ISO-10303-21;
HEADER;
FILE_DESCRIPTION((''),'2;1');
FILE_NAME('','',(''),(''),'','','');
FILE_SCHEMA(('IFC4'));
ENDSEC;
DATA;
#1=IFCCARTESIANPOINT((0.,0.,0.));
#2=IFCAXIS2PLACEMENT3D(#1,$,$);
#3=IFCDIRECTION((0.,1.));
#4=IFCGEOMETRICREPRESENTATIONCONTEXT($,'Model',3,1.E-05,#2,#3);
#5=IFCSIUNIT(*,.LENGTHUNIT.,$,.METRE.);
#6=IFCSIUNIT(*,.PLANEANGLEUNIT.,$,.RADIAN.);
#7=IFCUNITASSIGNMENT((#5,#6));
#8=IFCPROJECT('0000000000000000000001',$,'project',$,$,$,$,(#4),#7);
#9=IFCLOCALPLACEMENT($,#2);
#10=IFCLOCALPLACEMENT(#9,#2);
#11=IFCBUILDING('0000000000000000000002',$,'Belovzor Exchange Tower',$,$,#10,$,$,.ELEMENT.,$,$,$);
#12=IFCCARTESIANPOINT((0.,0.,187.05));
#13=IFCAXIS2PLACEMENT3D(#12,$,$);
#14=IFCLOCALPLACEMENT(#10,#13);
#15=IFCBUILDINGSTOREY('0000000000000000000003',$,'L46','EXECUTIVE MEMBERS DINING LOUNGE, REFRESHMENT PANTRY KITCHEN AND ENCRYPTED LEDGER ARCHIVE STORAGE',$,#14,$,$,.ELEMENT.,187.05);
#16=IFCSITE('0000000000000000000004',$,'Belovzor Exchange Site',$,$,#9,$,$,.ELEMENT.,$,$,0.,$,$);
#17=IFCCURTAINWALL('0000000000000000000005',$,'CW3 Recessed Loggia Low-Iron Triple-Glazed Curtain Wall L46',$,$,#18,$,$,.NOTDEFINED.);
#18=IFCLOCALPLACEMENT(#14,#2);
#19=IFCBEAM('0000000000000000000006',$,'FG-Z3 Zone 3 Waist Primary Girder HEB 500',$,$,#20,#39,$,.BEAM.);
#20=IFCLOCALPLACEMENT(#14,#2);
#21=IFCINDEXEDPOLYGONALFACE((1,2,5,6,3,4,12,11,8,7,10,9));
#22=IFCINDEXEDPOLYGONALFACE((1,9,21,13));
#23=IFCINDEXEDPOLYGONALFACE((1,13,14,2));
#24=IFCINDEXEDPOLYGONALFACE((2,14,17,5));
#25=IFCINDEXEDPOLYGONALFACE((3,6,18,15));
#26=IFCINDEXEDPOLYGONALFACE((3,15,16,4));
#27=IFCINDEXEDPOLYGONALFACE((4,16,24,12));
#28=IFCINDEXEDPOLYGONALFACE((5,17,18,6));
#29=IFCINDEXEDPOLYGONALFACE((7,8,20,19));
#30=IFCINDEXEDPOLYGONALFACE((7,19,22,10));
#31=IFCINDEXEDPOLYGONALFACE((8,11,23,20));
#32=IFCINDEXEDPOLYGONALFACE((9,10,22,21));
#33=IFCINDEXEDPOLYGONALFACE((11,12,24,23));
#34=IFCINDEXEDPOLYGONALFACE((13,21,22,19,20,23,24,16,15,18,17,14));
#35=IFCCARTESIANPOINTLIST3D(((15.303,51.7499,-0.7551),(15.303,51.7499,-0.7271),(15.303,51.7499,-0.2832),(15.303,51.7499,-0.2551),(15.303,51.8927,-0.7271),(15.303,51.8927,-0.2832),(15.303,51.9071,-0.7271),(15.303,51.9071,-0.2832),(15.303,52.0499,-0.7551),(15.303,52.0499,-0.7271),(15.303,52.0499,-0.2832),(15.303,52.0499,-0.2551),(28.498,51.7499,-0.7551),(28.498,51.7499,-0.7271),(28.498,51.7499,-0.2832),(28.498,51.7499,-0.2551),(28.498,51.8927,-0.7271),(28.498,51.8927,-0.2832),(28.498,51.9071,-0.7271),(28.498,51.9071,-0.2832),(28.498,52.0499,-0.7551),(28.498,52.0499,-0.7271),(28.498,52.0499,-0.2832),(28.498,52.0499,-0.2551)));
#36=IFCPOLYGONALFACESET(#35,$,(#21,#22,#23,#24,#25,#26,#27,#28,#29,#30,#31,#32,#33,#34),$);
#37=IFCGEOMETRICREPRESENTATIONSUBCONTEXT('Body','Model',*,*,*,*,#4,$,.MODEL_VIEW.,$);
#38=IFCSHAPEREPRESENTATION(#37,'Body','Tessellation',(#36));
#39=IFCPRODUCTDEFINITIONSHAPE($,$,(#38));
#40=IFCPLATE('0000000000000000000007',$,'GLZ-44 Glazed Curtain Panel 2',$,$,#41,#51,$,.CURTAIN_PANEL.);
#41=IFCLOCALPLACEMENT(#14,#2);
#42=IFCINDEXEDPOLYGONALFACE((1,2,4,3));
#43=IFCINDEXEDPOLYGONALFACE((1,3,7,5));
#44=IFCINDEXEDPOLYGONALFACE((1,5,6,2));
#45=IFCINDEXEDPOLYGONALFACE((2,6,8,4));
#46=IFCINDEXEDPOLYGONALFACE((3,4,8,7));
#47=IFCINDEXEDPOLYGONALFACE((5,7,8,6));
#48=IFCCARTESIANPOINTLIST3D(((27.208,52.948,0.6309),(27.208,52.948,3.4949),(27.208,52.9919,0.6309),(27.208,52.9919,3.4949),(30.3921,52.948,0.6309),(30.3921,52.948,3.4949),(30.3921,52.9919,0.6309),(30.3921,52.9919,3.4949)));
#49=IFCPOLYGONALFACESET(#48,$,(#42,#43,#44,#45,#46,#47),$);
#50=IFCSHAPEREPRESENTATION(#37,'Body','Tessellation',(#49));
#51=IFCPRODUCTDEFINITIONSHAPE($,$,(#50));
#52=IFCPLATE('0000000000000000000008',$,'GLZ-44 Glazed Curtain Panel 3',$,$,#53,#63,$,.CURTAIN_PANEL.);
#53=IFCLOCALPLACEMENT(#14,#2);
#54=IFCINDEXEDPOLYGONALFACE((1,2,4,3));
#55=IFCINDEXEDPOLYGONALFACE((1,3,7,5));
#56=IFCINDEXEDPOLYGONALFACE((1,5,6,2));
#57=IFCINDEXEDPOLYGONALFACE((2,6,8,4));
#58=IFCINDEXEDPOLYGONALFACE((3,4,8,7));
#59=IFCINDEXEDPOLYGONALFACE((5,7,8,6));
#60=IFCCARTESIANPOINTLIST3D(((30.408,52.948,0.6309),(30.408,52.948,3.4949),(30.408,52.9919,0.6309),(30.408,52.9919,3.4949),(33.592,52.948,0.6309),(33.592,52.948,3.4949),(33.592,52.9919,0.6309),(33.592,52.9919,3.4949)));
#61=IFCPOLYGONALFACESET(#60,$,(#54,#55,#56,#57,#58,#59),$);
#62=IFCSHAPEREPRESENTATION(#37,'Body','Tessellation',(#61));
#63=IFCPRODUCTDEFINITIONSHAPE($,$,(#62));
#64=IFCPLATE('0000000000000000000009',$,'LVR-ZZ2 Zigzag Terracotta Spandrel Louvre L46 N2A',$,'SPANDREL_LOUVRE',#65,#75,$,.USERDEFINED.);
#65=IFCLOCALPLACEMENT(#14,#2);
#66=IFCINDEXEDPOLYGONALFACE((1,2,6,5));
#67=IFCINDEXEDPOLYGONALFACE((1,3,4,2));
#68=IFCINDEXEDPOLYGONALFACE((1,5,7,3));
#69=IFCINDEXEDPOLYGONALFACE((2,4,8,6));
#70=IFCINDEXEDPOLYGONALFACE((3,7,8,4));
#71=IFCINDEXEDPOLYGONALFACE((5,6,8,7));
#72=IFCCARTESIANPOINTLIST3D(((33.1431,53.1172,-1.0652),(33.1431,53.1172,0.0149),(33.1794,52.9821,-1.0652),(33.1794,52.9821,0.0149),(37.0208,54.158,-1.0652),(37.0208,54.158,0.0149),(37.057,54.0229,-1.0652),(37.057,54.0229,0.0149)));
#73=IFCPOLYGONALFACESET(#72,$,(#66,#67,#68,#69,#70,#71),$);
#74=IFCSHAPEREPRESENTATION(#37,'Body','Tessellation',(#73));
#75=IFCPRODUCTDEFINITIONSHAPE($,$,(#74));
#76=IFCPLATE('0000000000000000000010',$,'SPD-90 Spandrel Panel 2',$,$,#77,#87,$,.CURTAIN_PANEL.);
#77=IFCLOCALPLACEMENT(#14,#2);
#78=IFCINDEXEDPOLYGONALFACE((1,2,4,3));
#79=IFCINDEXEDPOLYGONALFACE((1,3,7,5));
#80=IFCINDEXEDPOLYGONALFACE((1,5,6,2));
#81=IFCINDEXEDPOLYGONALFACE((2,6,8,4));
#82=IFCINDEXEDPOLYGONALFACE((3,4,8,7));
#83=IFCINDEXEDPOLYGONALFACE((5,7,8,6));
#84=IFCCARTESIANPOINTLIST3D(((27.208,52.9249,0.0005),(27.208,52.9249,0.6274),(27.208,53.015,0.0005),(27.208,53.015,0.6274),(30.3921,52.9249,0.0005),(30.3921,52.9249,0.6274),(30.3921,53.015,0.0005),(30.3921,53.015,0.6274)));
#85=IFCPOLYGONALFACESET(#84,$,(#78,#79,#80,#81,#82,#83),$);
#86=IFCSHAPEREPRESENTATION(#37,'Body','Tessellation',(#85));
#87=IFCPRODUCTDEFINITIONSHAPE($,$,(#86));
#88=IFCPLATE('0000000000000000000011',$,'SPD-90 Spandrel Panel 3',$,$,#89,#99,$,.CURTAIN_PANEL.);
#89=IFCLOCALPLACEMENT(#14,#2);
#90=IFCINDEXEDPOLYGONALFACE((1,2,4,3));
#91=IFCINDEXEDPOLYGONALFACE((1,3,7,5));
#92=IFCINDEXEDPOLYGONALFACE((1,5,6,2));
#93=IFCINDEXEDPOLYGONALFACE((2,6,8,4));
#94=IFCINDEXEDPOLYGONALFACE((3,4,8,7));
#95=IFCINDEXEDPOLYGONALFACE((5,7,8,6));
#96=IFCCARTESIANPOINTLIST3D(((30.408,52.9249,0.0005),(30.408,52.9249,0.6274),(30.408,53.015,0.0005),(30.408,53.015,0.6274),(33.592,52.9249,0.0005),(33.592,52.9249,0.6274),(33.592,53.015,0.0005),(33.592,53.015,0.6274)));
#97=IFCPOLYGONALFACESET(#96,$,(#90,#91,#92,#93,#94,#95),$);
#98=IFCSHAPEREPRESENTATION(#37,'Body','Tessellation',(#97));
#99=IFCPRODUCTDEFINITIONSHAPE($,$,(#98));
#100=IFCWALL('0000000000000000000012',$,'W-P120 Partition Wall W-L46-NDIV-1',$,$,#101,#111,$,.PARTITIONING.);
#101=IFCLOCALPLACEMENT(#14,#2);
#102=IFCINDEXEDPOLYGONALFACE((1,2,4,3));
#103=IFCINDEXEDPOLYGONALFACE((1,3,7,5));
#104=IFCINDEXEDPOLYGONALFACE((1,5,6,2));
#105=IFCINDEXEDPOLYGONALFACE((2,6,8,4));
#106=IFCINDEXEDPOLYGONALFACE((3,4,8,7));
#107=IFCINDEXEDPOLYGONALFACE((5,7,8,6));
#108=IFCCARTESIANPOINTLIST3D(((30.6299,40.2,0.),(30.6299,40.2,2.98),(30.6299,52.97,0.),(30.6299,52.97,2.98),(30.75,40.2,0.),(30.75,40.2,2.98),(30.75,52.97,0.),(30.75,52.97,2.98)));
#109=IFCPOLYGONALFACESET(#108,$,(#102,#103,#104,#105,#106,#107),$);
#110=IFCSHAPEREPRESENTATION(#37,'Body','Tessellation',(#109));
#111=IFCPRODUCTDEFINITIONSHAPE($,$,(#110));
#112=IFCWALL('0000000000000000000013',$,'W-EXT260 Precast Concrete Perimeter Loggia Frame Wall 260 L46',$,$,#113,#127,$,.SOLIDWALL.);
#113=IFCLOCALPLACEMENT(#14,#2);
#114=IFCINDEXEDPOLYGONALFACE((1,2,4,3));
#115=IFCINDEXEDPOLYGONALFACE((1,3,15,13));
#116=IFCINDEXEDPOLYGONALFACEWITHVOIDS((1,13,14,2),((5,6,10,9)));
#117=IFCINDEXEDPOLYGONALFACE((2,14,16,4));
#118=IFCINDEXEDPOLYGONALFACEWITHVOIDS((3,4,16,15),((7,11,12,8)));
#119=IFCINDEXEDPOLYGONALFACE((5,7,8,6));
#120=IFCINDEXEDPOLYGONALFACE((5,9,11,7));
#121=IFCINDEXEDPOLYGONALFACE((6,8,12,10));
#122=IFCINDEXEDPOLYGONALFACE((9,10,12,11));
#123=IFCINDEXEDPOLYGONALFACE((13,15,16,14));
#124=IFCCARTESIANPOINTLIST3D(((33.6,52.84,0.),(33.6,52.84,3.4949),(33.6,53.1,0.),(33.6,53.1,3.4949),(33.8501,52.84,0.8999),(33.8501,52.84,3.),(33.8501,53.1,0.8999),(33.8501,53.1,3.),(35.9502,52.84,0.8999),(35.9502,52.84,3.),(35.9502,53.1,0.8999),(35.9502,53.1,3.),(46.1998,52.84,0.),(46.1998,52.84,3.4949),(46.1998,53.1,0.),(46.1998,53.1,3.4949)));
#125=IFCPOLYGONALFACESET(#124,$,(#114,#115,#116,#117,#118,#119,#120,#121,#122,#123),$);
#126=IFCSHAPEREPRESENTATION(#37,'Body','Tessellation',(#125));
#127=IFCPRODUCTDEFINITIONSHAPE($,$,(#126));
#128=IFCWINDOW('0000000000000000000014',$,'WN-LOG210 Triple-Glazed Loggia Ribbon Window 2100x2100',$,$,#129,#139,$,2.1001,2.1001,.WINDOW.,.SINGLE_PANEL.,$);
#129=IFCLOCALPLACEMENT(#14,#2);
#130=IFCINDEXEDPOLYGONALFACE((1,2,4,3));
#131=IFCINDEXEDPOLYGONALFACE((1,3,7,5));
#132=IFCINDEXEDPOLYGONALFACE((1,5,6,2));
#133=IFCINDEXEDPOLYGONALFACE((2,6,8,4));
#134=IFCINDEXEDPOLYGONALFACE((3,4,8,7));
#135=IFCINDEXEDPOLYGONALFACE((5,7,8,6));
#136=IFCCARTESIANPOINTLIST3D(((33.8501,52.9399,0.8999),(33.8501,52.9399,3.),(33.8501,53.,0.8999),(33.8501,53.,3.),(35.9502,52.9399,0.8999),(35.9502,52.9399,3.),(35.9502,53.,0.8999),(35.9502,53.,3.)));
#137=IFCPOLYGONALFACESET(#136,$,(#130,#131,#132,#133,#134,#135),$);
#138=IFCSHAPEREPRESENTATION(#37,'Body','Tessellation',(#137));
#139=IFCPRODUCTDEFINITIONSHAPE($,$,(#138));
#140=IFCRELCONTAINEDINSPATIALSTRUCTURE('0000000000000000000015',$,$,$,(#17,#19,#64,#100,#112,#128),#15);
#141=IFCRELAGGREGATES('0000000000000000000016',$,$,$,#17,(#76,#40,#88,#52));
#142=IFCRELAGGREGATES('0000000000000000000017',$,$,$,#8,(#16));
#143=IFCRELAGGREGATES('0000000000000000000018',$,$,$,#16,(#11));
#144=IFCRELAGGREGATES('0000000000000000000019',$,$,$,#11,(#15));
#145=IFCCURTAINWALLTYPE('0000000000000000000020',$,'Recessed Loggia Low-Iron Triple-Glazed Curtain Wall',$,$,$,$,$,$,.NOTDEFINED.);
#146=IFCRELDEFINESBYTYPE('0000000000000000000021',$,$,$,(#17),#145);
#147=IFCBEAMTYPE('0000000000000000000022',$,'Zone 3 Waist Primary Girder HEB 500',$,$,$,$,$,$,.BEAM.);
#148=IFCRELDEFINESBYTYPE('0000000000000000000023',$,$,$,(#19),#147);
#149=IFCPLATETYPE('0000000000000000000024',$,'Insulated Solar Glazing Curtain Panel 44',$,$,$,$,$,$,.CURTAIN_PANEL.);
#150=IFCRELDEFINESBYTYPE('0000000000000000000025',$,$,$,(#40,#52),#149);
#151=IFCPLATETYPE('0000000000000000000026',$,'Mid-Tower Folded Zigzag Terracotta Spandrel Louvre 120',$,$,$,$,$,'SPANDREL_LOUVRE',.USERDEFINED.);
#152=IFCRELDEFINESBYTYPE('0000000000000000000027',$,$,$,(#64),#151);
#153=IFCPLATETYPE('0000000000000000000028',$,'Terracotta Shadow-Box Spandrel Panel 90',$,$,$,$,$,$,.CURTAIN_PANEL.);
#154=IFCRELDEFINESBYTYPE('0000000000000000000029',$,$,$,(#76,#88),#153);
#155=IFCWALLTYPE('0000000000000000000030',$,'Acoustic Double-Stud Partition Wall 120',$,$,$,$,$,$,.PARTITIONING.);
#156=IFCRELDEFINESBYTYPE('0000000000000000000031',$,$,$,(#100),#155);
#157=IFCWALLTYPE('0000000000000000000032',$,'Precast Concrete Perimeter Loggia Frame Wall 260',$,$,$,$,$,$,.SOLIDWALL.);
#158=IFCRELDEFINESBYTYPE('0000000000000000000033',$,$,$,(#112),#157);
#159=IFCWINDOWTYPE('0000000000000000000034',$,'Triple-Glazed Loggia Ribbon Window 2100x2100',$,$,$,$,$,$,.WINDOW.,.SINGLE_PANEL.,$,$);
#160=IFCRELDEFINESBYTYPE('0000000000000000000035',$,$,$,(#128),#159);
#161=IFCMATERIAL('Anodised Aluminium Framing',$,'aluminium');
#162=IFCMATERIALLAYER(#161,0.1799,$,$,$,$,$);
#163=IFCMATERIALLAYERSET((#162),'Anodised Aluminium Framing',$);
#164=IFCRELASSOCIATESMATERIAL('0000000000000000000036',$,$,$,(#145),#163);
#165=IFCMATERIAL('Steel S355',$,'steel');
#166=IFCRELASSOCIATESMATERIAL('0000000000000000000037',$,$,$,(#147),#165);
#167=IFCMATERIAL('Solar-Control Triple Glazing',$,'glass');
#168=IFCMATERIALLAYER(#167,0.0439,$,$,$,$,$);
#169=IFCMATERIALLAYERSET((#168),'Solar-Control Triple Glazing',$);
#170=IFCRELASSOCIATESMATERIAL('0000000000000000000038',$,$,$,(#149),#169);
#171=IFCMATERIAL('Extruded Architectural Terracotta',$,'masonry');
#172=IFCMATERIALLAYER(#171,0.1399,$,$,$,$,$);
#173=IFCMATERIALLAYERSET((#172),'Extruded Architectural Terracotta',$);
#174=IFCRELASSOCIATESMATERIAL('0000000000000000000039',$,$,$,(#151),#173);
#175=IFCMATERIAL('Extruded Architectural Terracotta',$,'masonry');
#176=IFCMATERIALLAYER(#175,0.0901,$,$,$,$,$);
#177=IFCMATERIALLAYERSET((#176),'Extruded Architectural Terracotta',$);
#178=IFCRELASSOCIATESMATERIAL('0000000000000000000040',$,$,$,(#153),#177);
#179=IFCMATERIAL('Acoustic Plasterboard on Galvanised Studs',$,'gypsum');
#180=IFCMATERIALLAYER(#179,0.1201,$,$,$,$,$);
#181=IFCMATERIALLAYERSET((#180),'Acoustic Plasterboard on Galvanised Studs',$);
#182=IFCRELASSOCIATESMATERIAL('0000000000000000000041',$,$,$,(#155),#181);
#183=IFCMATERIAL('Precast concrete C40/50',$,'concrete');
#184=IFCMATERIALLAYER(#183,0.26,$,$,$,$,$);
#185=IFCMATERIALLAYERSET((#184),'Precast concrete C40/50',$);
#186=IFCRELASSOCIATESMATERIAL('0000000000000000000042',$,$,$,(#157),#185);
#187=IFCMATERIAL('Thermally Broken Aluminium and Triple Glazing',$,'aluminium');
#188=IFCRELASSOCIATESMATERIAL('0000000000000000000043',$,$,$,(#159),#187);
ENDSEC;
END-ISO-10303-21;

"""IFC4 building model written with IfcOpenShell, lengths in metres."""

from ifc_helpers import new_model, si_unit, direction, frame, frame_2d, origin, origin_2d, place, context, subcontext, project, spatial, rectangle, i_section, extrude, material, layer, layer_set, material_profile, profile_set, type_object, element, fill, aggregate, save


model = new_model("IFC4")

# Units and contexts
model_context = context("Model", 3, precision=1e-05, world=origin(), true_north=direction((0.0, 1.0)))
body_context = subcontext(model_context, "Body", "Model", "MODEL_VIEW")
ifc_project = project(units=[si_unit("LENGTHUNIT", "METRE"), si_unit("PLANEANGLEUNIT", "RADIAN")], contexts=[model_context])

# Site, building, storey
site_placement = place(None, origin())
site = spatial("IfcSite", under=ifc_project, at=site_placement, Name="Belovzor Exchange Site", CompositionType="ELEMENT", RefElevation=0.0)
building_placement = place(site_placement, origin())
building = spatial("IfcBuilding", under=site, at=building_placement, Name="Belovzor Exchange Tower", CompositionType="ELEMENT")
storey_placement = place(building_placement, frame((0.0, 0.0, 187.05)))
storey = spatial("IfcBuildingStorey", under=building, at=storey_placement, Name="L46", Description="EXECUTIVE MEMBERS DINING LOUNGE, REFRESHMENT PANTRY KITCHEN AND ENCRYPTED LEDGER ARCHIVE STORAGE", CompositionType="ELEMENT", Elevation=187.05)

# Curtain wall
ifc_material_1 = material(Name="Anodised Aluminium Framing", Category="aluminium")
ifc_layer_1 = layer(ifc_material_1, 0.1799)
ifc_layer_set_1 = layer_set([ifc_layer_1], Name="Anodised Aluminium Framing")
curtain_wall_type = type_object("IfcCurtainWallType", Name="Recessed Loggia Low-Iron Triple-Glazed Curtain Wall", PredefinedType="NOTDEFINED", material=ifc_layer_set_1)
curtain_wall_placement = place(storey_placement, origin())
curtain_wall = element("IfcCurtainWall", 1, at=curtain_wall_placement, inside=storey, type_object=curtain_wall_type, Name="CW3 Recessed Loggia Low-Iron Triple-Glazed Curtain Wall L46", PredefinedType="NOTDEFINED")

# Beam
ifc_material_2 = material(Name="Steel S355", Category="steel")
ifc_material_profile_1 = material_profile(ifc_material_2, i_section(OverallWidth=0.3, OverallDepth=0.5, WebThickness=0.0144, FlangeThickness=0.0281, at=origin_2d()))
ifc_profile_set_1 = profile_set([ifc_material_profile_1], Name="Steel S355")
beam_type_1 = type_object("IfcBeamType", Name="Zone 3 Waist Primary Girder HEB 500", PredefinedType="BEAM", material=ifc_profile_set_1)
beam_1_placement = place(storey_placement, frame((28.498, 51.8999, -0.5051), z_axis=(-1.0, 0.0, 0.0), x_axis=(0.0, -1.0, 0.0)))
element("IfcBeam", 2, at=beam_1_placement, inside=storey, type_object=beam_type_1, Name="FG-Z3 Zone 3 Waist Primary Girder HEB 500", PredefinedType="BEAM", context=body_context, shape_type="SweptSolid", body=[
    extrude(i_section(OverallWidth=0.3, OverallDepth=0.5, WebThickness=0.0144, FlangeThickness=0.0281, at=origin_2d()), origin(), (0.0, 0.0, 1.0), 13.1951),
])

# Plates
ifc_material_3 = material(Name="Solar-Control Triple Glazing", Category="glass")
ifc_layer_2 = layer(ifc_material_3, 0.0439)
ifc_layer_set_2 = layer_set([ifc_layer_2], Name="Solar-Control Triple Glazing")
plate_type_1 = type_object("IfcPlateType", Name="Insulated Solar Glazing Curtain Panel 44", PredefinedType="CURTAIN_PANEL", material=ifc_layer_set_2)
plate_1_placement = place(storey_placement, frame((28.8, 52.97, 0.6309), z_axis=(0.0, 0.0, 1.0), x_axis=(1.0, 0.0, 0.0)))
plate_1 = element("IfcPlate", 3, at=plate_1_placement, type_object=plate_type_1, Name="GLZ-44 Glazed Curtain Panel 2", PredefinedType="CURTAIN_PANEL", context=body_context, shape_type="SweptSolid", body=[
    extrude(rectangle(XDim=3.1841, YDim=0.0439, at=origin_2d()), origin(), (0.0, 0.0, 1.0), 2.864),
])
plate_2_placement = place(storey_placement, frame((32.0, 52.97, 0.6309), z_axis=(0.0, 0.0, 1.0), x_axis=(1.0, 0.0, 0.0)))
plate_2 = element("IfcPlate", 4, at=plate_2_placement, type_object=plate_type_1, Name="GLZ-44 Glazed Curtain Panel 3", PredefinedType="CURTAIN_PANEL", context=body_context, shape_type="SweptSolid", body=[
    extrude(rectangle(XDim=3.1841, YDim=0.0439, at=origin_2d()), origin(), (0.0, 0.0, 1.0), 2.864),
])
ifc_material_4 = material(Name="Extruded Architectural Terracotta", Category="masonry")
ifc_layer_3 = layer(ifc_material_4, 0.1399)
ifc_layer_set_3 = layer_set([ifc_layer_3], Name="Extruded Architectural Terracotta")
plate_type_2 = type_object("IfcPlateType", Name="Mid-Tower Folded Zigzag Terracotta Spandrel Louvre 120", ElementType="SPANDREL_LOUVRE", PredefinedType="USERDEFINED", material=ifc_layer_set_3)
plate_3_placement = place(storey_placement, frame((35.1001, 53.5701, -1.0652), z_axis=(0.0, 0.0, 1.0), x_axis=(0.965813, 0.25924, 0.0)))
element("IfcPlate", 5, at=plate_3_placement, inside=storey, type_object=plate_type_2, Name="LVR-ZZ2 Zigzag Terracotta Spandrel Louvre L46 N2A", ObjectType="SPANDREL_LOUVRE", PredefinedType="USERDEFINED", context=body_context, shape_type="SweptSolid", body=[
    extrude(rectangle(XDim=4.0149, YDim=0.1399, at=origin_2d()), origin(), (0.0, 0.0, 1.0), 1.0801),
])
ifc_material_5 = material(Name="Extruded Architectural Terracotta", Category="masonry")
ifc_layer_4 = layer(ifc_material_5, 0.0901)
ifc_layer_set_4 = layer_set([ifc_layer_4], Name="Extruded Architectural Terracotta")
plate_type_3 = type_object("IfcPlateType", Name="Terracotta Shadow-Box Spandrel Panel 90", PredefinedType="CURTAIN_PANEL", material=ifc_layer_set_4)
plate_4_placement = place(storey_placement, frame((28.8, 52.97, 0.0005), z_axis=(0.0, 0.0, 1.0), x_axis=(1.0, 0.0, 0.0)))
plate_4 = element("IfcPlate", 6, at=plate_4_placement, type_object=plate_type_3, Name="SPD-90 Spandrel Panel 2", PredefinedType="CURTAIN_PANEL", context=body_context, shape_type="SweptSolid", body=[
    extrude(rectangle(XDim=3.1841, YDim=0.0901, at=origin_2d()), origin(), (0.0, 0.0, 1.0), 0.627),
])
plate_5_placement = place(storey_placement, frame((32.0, 52.97, 0.0005), z_axis=(0.0, 0.0, 1.0), x_axis=(1.0, 0.0, 0.0)))
plate_5 = element("IfcPlate", 7, at=plate_5_placement, type_object=plate_type_3, Name="SPD-90 Spandrel Panel 3", PredefinedType="CURTAIN_PANEL", context=body_context, shape_type="SweptSolid", body=[
    extrude(rectangle(XDim=3.1841, YDim=0.0901, at=origin_2d()), origin(), (0.0, 0.0, 1.0), 0.627),
])
aggregate(curtain_wall, [plate_4, plate_1, plate_5, plate_2])

# Wall
ifc_material_6 = material(Name="Acoustic Plasterboard on Galvanised Studs", Category="gypsum")
ifc_layer_5 = layer(ifc_material_6, 0.1201)
ifc_layer_set_5 = layer_set([ifc_layer_5], Name="Acoustic Plasterboard on Galvanised Studs")
wall_type_1 = type_object("IfcWallType", Name="Acoustic Double-Stud Partition Wall 120", PredefinedType="PARTITIONING", material=ifc_layer_set_5)
wall_1_placement = place(storey_placement, frame((30.6899, 40.2, 0.0), z_axis=(0.0, 0.0, 1.0), x_axis=(0.0, 1.0, 0.0)))
element("IfcWall", 8, at=wall_1_placement, inside=storey, type_object=wall_type_1, Name="W-P120 Partition Wall W-L46-NDIV-1", PredefinedType="PARTITIONING", context=body_context, shape_type="SweptSolid", body=[
    extrude(rectangle(XDim=12.77, YDim=0.1201, at=frame_2d((6.385, 0.0))), origin(), (0.0, 0.0, 1.0), 2.98),
])

# Wall, opening, window
ifc_material_7 = material(Name="Precast concrete C40/50", Category="concrete")
ifc_layer_6 = layer(ifc_material_7, 0.26)
ifc_layer_set_6 = layer_set([ifc_layer_6], Name="Precast concrete C40/50")
wall_type_2 = type_object("IfcWallType", Name="Precast Concrete Perimeter Loggia Frame Wall 260", PredefinedType="SOLIDWALL", material=ifc_layer_set_6)
wall_2_placement = place(storey_placement, frame((33.6001, 52.97, 0.0), z_axis=(0.0, 0.0, 1.0), x_axis=(1.0, 0.0, 0.0)))
wall_2 = element("IfcWall", 9, at=wall_2_placement, inside=storey, type_object=wall_type_2, Name="W-EXT260 Precast Concrete Perimeter Loggia Frame Wall 260 L46", PredefinedType="SOLIDWALL", context=body_context, shape_type="SweptSolid", body=[
    extrude(rectangle(XDim=12.5999, YDim=0.26, at=frame_2d((6.2998, 0.0))), origin(), (0.0, 0.0, 1.0), 3.4949),
])
opening_placement = place(wall_2_placement, frame((0.25, 0.0, 0.8999)))
opening = element("IfcOpeningElement", 10, at=opening_placement, cuts=wall_2, PredefinedType="OPENING", context=body_context, shape_type="SweptSolid", body=[
    extrude(rectangle(XDim=2.1001, YDim=2.1001, at=frame_2d((1.05, 1.05))), frame((0.0, 0.1399, 0.0), z_axis=(0.0, -1.0, 0.0), x_axis=(1.0, 0.0, 0.0)), (0.0, 0.0, 1.0), 0.28),
])
ifc_material_8 = material(Name="Thermally Broken Aluminium and Triple Glazing", Category="aluminium")
window_type = type_object("IfcWindowType", Name="Triple-Glazed Loggia Ribbon Window 2100x2100", PartitioningType="SINGLE_PANEL", PredefinedType="WINDOW", material=ifc_material_8)
window_placement = place(opening_placement, origin())
window = element("IfcWindow", 11, at=window_placement, inside=storey, type_object=window_type, Name="WN-LOG210 Triple-Glazed Loggia Ribbon Window 2100x2100", OverallHeight=2.1001, OverallWidth=2.1001, PartitioningType="SINGLE_PANEL", PredefinedType="WINDOW", context=body_context, shape_type="SweptSolid", body=[
    extrude(rectangle(XDim=2.1001, YDim=2.1001, at=frame_2d((1.05, 1.05))), frame((0.0, 0.03, 0.0), z_axis=(0.0, -1.0, 0.0), x_axis=(1.0, 0.0, 0.0)), (0.0, 0.0, 1.0), 0.0601),
])
fill(opening, window)

save(model, "model.ifc")
